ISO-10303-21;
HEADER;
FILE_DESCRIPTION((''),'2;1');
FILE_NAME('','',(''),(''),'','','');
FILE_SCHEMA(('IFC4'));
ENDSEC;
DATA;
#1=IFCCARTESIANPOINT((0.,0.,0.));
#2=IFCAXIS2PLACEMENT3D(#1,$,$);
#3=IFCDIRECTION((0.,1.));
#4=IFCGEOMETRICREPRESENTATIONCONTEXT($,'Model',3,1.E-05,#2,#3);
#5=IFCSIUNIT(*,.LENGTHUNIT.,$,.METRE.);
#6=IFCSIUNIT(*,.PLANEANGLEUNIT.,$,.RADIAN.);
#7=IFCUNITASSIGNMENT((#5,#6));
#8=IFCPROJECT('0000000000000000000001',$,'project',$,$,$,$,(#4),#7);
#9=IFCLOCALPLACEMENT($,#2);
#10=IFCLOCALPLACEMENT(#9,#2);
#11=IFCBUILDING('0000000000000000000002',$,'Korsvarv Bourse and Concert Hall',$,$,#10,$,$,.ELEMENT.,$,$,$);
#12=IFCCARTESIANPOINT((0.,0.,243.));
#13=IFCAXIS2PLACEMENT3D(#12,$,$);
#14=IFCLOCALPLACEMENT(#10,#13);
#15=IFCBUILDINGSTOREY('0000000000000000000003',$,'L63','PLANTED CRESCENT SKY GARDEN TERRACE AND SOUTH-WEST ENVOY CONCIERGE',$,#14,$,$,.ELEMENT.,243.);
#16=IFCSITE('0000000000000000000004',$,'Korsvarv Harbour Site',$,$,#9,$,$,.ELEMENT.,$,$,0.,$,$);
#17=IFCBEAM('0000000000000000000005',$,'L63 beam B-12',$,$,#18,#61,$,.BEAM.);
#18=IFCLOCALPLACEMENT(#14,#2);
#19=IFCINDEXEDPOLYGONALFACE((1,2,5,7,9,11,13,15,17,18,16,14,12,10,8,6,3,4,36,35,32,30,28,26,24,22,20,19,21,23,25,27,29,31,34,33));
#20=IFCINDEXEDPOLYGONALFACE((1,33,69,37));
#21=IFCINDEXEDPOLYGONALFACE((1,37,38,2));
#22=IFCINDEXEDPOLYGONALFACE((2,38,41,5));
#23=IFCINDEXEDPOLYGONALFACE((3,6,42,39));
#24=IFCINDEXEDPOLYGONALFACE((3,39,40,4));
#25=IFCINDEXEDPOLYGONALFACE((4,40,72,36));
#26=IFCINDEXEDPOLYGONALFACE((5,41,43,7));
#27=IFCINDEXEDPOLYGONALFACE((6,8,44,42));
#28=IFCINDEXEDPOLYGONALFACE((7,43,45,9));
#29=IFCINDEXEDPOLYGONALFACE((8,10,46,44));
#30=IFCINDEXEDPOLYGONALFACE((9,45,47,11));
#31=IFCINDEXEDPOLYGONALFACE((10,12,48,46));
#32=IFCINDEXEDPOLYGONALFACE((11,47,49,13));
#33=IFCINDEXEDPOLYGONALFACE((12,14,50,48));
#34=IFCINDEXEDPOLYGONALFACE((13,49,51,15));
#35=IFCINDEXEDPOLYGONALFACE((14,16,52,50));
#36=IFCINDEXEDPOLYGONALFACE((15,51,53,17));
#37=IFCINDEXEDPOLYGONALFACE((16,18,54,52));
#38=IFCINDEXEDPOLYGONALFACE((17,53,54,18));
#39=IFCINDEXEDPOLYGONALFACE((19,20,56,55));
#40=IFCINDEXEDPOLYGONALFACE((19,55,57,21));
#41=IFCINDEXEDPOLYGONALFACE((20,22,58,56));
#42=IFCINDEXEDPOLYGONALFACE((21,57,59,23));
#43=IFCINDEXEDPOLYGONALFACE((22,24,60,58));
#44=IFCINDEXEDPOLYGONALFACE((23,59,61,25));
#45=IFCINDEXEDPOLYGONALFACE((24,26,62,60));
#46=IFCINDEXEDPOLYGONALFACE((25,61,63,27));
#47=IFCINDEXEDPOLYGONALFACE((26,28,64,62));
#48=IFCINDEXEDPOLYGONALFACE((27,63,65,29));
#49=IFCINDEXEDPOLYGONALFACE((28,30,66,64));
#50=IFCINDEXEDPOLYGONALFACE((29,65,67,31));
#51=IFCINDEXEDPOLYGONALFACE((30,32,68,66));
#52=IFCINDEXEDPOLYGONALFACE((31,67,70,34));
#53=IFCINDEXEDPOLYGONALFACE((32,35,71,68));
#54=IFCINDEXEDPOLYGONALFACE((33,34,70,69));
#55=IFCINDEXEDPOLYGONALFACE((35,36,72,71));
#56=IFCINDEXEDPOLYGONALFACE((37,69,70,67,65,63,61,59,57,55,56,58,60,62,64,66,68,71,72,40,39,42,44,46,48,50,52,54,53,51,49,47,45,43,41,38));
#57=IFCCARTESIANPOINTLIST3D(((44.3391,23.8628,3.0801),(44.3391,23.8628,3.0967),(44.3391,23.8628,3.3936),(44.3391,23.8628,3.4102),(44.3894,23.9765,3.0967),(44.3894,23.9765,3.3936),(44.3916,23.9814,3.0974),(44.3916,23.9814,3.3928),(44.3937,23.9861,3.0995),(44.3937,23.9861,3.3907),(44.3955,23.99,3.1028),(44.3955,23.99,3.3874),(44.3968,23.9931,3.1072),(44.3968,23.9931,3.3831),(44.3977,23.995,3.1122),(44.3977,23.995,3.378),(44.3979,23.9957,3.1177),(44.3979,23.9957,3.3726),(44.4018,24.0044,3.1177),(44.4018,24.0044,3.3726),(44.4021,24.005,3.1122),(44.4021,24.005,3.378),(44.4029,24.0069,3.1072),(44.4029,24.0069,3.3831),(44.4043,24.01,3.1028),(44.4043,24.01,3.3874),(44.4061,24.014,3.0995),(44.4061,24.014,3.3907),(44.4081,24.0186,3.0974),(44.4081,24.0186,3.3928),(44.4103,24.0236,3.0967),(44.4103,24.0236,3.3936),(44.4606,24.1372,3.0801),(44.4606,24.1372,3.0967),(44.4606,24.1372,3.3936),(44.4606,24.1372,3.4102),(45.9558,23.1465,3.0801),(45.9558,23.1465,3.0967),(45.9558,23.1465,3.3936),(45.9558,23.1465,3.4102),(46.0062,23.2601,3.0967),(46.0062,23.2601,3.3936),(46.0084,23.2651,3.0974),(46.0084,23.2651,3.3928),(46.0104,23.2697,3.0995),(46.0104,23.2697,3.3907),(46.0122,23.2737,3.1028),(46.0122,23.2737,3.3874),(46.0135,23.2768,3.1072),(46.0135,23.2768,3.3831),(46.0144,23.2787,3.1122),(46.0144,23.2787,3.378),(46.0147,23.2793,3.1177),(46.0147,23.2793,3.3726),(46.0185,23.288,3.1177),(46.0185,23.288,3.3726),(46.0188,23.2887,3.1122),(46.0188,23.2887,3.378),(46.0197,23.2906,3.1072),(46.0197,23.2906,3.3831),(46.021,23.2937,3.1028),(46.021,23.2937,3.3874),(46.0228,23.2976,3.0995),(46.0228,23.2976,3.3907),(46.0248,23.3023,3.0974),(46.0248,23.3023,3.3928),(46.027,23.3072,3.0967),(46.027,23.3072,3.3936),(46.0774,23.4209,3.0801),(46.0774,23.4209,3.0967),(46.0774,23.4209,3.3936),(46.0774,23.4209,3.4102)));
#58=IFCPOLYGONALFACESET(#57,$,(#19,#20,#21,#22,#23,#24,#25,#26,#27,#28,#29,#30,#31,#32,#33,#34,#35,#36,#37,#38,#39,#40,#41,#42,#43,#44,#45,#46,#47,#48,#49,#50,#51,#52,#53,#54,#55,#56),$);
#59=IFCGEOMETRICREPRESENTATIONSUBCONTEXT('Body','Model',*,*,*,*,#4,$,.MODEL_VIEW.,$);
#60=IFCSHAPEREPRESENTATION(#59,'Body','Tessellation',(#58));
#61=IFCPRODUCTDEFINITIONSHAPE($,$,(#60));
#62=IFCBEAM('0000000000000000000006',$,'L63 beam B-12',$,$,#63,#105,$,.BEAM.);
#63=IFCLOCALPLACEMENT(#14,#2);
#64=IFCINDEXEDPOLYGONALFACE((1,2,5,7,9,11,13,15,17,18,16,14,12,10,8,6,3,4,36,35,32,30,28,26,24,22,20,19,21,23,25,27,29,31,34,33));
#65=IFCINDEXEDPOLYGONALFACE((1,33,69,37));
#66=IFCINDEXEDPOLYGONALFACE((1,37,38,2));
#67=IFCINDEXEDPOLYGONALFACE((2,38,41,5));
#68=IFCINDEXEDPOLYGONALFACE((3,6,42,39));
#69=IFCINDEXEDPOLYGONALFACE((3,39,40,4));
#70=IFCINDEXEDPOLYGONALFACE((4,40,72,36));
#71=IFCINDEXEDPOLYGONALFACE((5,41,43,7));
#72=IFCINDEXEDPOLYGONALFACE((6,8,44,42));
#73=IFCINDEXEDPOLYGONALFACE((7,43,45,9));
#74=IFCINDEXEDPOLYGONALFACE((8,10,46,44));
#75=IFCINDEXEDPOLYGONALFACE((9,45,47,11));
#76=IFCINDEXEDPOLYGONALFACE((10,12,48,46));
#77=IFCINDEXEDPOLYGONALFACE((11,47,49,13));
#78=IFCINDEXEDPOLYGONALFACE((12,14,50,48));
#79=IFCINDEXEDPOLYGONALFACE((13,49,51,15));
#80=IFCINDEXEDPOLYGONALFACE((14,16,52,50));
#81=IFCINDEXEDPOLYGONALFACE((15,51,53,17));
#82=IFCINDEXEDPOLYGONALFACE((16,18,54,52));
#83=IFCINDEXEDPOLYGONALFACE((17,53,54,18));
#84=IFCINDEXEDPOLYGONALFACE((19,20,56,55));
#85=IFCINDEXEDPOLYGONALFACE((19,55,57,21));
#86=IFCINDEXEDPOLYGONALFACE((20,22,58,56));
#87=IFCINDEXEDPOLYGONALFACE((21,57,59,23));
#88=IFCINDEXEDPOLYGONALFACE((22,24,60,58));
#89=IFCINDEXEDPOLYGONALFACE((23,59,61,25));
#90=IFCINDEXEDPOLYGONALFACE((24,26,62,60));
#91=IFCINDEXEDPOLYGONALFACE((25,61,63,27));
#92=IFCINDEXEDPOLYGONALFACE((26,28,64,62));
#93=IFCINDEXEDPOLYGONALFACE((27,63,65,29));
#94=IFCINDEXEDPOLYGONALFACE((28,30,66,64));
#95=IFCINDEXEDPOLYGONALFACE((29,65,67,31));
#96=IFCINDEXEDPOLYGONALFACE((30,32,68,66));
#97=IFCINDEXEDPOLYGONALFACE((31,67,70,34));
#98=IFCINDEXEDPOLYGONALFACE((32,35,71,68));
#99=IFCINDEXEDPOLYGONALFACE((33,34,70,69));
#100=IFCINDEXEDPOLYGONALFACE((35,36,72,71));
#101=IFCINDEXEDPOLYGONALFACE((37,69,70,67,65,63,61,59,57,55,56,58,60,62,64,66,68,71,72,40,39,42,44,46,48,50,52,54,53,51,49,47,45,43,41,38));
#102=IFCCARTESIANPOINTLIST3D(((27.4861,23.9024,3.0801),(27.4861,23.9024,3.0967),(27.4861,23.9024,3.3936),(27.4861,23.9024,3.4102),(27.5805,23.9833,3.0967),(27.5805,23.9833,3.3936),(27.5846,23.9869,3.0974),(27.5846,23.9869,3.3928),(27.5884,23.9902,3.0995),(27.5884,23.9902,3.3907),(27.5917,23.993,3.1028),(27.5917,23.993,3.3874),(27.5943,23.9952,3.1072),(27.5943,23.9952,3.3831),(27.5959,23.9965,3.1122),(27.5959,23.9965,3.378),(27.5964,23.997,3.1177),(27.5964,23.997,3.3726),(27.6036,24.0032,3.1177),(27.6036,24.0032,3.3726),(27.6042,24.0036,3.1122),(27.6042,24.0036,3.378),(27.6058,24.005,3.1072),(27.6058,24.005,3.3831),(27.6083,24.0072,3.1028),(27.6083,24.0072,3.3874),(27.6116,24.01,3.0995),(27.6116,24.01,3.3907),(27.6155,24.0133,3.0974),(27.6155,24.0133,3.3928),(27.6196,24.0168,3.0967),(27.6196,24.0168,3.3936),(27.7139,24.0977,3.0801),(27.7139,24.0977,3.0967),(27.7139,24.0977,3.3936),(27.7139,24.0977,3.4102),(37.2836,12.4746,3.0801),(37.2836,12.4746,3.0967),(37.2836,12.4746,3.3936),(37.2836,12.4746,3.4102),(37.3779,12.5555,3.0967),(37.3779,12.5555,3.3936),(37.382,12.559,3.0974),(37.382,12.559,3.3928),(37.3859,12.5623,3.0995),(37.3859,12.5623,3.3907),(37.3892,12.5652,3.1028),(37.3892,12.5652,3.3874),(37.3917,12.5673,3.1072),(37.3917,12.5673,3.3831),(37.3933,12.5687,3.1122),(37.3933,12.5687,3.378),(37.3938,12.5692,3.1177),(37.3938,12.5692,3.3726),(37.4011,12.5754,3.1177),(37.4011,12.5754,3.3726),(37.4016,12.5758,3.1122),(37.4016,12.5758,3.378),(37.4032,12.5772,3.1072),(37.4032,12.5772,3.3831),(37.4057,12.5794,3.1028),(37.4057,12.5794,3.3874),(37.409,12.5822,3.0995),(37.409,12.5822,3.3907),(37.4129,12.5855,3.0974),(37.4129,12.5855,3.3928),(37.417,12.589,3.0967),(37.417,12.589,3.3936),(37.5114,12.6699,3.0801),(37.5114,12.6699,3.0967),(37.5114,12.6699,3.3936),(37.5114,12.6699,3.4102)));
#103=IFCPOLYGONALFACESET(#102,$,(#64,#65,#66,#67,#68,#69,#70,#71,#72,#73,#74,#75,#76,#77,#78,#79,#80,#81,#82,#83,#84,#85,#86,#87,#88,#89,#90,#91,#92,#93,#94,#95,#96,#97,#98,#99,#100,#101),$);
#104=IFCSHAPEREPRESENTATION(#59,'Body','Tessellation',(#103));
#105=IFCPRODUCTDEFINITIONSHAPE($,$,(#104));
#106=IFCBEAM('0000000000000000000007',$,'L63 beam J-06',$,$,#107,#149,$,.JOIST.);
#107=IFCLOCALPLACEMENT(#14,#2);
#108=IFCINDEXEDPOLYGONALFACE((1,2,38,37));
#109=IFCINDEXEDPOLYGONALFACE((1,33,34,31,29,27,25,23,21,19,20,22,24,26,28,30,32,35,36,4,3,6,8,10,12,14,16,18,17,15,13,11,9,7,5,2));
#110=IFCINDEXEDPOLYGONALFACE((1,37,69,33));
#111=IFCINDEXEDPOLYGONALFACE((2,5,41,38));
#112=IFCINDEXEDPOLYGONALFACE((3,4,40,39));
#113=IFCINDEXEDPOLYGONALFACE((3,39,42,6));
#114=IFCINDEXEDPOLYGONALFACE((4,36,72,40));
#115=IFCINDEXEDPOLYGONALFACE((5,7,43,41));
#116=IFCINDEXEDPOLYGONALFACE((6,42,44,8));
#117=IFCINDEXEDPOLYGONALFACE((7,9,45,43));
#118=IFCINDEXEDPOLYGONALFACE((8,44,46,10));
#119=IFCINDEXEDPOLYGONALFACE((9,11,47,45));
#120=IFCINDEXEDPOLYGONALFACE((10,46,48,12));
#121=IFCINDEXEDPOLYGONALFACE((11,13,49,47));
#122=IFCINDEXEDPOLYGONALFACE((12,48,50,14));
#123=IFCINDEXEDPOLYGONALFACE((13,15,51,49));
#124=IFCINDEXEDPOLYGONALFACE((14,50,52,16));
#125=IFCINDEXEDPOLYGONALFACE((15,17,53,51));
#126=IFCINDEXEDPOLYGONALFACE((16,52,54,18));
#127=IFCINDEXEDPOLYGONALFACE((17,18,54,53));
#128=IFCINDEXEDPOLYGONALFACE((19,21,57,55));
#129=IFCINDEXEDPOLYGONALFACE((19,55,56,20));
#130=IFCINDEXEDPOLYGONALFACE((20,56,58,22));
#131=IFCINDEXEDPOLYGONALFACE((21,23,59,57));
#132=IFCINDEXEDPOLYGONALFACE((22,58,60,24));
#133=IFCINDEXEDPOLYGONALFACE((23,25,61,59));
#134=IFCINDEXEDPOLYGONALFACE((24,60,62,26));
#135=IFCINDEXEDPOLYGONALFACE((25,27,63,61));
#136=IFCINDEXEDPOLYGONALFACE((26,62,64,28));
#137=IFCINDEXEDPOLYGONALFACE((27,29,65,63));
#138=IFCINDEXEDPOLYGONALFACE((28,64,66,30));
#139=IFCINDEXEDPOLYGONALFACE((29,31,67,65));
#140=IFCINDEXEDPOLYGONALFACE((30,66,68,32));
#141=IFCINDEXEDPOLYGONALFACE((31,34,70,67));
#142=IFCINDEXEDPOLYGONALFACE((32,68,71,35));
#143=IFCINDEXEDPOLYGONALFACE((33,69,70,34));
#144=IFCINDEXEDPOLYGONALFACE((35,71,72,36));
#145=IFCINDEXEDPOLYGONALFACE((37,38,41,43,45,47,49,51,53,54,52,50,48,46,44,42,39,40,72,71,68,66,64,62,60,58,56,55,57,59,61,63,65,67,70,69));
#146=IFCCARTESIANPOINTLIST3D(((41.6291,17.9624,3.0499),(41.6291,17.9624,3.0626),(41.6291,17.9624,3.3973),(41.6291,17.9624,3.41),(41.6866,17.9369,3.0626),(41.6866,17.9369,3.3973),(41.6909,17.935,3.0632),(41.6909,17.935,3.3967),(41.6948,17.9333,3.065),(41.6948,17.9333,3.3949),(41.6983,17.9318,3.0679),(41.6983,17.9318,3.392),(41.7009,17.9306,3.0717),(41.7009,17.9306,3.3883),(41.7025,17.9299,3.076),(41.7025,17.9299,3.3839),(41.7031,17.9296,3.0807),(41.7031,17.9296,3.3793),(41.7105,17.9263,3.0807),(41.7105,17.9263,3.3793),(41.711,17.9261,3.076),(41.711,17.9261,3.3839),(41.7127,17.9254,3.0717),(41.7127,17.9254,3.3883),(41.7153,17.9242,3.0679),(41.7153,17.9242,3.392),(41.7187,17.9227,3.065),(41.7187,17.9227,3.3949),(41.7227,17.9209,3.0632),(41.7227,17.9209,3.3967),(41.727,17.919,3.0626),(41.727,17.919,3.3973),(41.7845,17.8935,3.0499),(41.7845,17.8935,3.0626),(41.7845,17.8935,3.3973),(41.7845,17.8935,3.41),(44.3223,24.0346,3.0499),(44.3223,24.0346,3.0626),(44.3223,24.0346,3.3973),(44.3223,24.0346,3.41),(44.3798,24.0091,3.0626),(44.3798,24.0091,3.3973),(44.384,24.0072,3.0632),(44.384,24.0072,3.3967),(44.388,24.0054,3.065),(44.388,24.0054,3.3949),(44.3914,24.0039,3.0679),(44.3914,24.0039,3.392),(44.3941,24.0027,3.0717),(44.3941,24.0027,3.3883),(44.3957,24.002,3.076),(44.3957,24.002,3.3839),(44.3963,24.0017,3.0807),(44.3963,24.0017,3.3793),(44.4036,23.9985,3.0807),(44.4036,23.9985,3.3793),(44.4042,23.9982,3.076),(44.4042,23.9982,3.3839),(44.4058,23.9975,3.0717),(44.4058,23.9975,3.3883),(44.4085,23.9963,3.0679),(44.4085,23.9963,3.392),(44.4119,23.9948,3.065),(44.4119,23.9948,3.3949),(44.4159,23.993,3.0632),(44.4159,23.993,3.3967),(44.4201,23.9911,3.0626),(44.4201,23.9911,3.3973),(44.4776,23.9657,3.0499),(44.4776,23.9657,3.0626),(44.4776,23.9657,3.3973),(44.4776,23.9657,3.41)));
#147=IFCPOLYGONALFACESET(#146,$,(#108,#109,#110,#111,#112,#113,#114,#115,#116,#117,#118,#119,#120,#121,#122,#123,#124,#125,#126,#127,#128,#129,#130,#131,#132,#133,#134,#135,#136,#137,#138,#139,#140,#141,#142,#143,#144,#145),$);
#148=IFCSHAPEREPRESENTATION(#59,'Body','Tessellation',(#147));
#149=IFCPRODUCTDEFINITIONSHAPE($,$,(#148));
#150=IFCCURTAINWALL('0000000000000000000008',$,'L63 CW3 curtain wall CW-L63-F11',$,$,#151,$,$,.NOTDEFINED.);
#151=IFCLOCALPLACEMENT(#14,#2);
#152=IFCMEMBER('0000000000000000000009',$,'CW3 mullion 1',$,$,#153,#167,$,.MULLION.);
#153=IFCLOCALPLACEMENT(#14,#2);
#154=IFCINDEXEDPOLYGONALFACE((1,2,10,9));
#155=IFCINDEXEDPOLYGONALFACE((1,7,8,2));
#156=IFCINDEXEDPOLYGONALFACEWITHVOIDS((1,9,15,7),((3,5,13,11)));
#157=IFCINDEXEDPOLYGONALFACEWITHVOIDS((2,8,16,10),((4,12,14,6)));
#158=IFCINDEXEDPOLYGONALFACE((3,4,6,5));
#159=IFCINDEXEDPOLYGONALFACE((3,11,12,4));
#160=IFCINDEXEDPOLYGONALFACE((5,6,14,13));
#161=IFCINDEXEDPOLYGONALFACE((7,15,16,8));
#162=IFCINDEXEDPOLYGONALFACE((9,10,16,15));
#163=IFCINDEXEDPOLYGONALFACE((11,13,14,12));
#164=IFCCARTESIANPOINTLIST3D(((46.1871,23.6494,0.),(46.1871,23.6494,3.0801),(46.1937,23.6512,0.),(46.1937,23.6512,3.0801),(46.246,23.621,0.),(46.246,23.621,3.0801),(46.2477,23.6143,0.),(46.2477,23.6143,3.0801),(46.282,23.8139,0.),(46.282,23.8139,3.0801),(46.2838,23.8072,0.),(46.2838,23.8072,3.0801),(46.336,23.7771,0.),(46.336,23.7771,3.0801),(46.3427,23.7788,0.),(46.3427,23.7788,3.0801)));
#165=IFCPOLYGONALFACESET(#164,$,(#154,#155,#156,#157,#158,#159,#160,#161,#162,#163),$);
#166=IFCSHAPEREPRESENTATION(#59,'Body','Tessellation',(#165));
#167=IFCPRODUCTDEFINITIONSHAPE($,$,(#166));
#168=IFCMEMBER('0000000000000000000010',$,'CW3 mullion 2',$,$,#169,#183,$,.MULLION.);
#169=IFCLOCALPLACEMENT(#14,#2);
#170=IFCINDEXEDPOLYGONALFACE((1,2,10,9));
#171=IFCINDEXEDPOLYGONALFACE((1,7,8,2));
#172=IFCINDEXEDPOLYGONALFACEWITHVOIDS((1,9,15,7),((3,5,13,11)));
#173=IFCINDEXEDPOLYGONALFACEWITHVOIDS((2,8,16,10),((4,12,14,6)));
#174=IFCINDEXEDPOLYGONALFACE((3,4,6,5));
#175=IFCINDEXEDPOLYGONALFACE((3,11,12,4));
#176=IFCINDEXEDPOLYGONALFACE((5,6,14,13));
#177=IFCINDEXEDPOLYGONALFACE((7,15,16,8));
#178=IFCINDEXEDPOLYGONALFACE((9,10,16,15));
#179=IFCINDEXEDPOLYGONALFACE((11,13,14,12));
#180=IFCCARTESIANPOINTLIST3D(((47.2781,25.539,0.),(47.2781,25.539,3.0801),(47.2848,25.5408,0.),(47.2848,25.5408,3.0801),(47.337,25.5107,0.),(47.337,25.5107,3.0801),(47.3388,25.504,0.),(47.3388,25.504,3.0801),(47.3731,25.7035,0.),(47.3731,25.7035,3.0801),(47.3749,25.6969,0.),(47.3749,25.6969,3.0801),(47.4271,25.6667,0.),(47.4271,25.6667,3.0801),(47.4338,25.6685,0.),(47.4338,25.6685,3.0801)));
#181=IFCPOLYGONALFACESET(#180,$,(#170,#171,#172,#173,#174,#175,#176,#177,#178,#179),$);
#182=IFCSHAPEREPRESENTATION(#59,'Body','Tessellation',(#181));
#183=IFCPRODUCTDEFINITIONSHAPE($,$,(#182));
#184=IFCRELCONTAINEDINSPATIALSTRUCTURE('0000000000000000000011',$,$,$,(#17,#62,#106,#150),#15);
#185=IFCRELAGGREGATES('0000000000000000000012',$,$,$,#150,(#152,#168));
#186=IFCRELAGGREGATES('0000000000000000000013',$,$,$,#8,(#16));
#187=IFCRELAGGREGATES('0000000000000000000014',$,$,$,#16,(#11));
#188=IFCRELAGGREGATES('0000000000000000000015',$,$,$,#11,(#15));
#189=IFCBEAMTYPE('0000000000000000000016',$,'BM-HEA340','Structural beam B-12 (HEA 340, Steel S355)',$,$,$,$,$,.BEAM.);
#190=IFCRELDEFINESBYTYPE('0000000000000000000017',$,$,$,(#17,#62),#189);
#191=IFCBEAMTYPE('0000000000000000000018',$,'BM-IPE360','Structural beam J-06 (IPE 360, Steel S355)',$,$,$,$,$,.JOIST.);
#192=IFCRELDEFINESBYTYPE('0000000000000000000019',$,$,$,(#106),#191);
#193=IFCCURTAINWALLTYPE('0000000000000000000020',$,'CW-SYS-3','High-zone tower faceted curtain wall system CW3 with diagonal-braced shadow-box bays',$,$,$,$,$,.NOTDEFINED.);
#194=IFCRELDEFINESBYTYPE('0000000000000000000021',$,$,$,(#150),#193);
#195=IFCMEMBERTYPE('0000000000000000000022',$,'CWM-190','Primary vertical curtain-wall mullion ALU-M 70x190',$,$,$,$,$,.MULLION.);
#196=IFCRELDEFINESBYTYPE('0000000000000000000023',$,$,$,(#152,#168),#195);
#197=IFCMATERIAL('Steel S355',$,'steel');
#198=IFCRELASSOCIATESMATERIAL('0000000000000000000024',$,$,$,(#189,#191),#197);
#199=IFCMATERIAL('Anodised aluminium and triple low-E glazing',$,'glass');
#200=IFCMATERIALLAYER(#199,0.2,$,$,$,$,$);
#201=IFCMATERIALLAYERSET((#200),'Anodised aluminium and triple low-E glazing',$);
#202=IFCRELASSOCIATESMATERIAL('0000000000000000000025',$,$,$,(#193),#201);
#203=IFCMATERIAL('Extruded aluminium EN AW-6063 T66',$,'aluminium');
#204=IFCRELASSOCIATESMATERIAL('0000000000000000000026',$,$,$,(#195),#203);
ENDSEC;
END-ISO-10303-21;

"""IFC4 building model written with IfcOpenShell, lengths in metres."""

from ifc_helpers import new_model, si_unit, direction, frame, origin, origin_2d, place, context, subcontext, project, spatial, hollow_rectangle, i_section, extrude, source, transform, mapped, material, layer, layer_set, material_profile, profile_set, type_object, element, aggregate, save


model = new_model("IFC4")

# Units and contexts
model_context = context("Model", 3, precision=1e-05, world=origin(), true_north=direction((0.0, 1.0)))
body_context = subcontext(model_context, "Body", "Model", "MODEL_VIEW")
ifc_project = project(units=[si_unit("LENGTHUNIT", "METRE"), si_unit("PLANEANGLEUNIT", "RADIAN")], contexts=[model_context])

# Site, building, storey
site_placement = place(None, origin())
site = spatial("IfcSite", under=ifc_project, at=site_placement, Name="Korsvarv Harbour Site", CompositionType="ELEMENT", RefElevation=0.0)
building_placement = place(site_placement, origin())
building = spatial("IfcBuilding", under=site, at=building_placement, Name="Korsvarv Bourse and Concert Hall", CompositionType="ELEMENT")
storey_placement = place(building_placement, frame((0.0, 0.0, 243.0)))
storey = spatial("IfcBuildingStorey", under=building, at=storey_placement, Name="L63", Description="PLANTED CRESCENT SKY GARDEN TERRACE AND SOUTH-WEST ENVOY CONCIERGE", CompositionType="ELEMENT", Elevation=243.0)

# Shared definitions
ifc_material_1 = material(Name="Steel S355", Category="steel")

# Beams
ifc_material_profile_1 = material_profile(ifc_material_1, i_section(OverallWidth=0.3, OverallDepth=0.3301, WebThickness=0.0095, FlangeThickness=0.0166, FilletRadius=0.021, at=origin_2d()), Name="HEA 340")
ifc_profile_set_1 = profile_set([ifc_material_profile_1], Name="Steel S355")
beam_type_1 = type_object("IfcBeamType", Name="BM-HEA340", Description="Structural beam B-12 (HEA 340, Steel S355)", PredefinedType="BEAM", material=ifc_profile_set_1)
shared_shape_1 = source(origin(), body_context, "Body", "SweptSolid", [
    extrude(i_section(OverallWidth=0.3, OverallDepth=0.3301, WebThickness=0.0095, FlangeThickness=0.0166, FilletRadius=0.021, at=origin_2d()), origin(), (0.0, 0.0, 1.0), 1.7683),
])
beam_1_placement = place(storey_placement, frame((46.0166, 23.2837, 3.2451), z_axis=(-0.914278, 0.405088, 0.0), x_axis=(-0.405088, -0.914278, 0.0)))
element("IfcBeam", 1, at=beam_1_placement, inside=storey, type_object=beam_type_1, Name="L63 beam B-12", PredefinedType="BEAM", context=body_context, shape_type="MappedRepresentation", body=[
    mapped(shared_shape_1, transform((0.0, 0.0, 0.0), scale=1.0)),
])
shared_shape_2 = source(origin(), body_context, "Body", "SweptSolid", [
    extrude(i_section(OverallWidth=0.3, OverallDepth=0.3301, WebThickness=0.0095, FlangeThickness=0.0166, FilletRadius=0.021, at=origin_2d()), origin(), (0.0, 0.0, 1.0), 15.0527),
])
beam_2_placement = place(storey_placement, frame((37.3975, 12.5723, 3.2451), z_axis=(-0.650874, 0.759186, 0.0), x_axis=(-0.759186, -0.650874, 0.0)))
element("IfcBeam", 2, at=beam_2_placement, inside=storey, type_object=beam_type_1, Name="L63 beam B-12", PredefinedType="BEAM", context=body_context, shape_type="MappedRepresentation", body=[
    mapped(shared_shape_2, transform((0.0, 0.0, 0.0), scale=1.0)),
])
ifc_material_profile_2 = material_profile(ifc_material_1, i_section(OverallWidth=0.1699, OverallDepth=0.3601, WebThickness=0.0081, FlangeThickness=0.0127, FilletRadius=0.0181, at=origin_2d()), Name="IPE 360")
ifc_profile_set_2 = profile_set([ifc_material_profile_2], Name="Steel S355")
beam_type_2 = type_object("IfcBeamType", Name="BM-IPE360", Description="Structural beam J-06 (IPE 360, Steel S355)", PredefinedType="JOIST", material=ifc_profile_set_2)
shared_shape_3 = source(origin(), body_context, "Body", "SweptSolid", [
    extrude(i_section(OverallWidth=0.1699, OverallDepth=0.3601, WebThickness=0.0081, FlangeThickness=0.0127, FilletRadius=0.0181, at=origin_2d()), origin(), (0.0, 0.0, 1.0), 6.6426),
])
beam_3_placement = place(storey_placement, frame((41.7068, 17.928, 3.23), z_axis=(0.405439, 0.914122, 0.0), x_axis=(-0.914122, 0.405439, 0.0)))
element("IfcBeam", 3, at=beam_3_placement, inside=storey, type_object=beam_type_2, Name="L63 beam J-06", PredefinedType="JOIST", context=body_context, shape_type="MappedRepresentation", body=[
    mapped(shared_shape_3, transform((0.0, 0.0, 0.0), scale=1.0)),
])

# Curtain wall, members
ifc_material_2 = material(Name="Anodised aluminium and triple low-E glazing", Category="glass")
ifc_layer_1 = layer(ifc_material_2, 0.2)
ifc_layer_set_1 = layer_set([ifc_layer_1], Name="Anodised aluminium and triple low-E glazing")
curtain_wall_type = type_object("IfcCurtainWallType", Name="CW-SYS-3", Description="High-zone tower faceted curtain wall system CW3 with diagonal-braced shadow-box bays", PredefinedType="NOTDEFINED", material=ifc_layer_set_1)
curtain_wall_placement = place(storey_placement, origin())
curtain_wall = element("IfcCurtainWall", 4, at=curtain_wall_placement, inside=storey, type_object=curtain_wall_type, Name="L63 CW3 curtain wall CW-L63-F11", PredefinedType="NOTDEFINED")
ifc_material_3 = material(Name="Extruded aluminium EN AW-6063 T66", Category="aluminium")
ifc_material_profile_3 = material_profile(ifc_material_3, hollow_rectangle(XDim=0.0701, YDim=0.1899, WallThickness=0.0049, at=origin_2d()), Name="ALU-M 70x190")
ifc_profile_set_3 = profile_set([ifc_material_profile_3], Name="Extruded aluminium EN AW-6063 T66")
member_type_1 = type_object("IfcMemberType", Name="CWM-190", Description="Primary vertical curtain-wall mullion ALU-M 70x190", PredefinedType="MULLION", material=ifc_profile_set_3)
shared_shape_4 = source(origin(), body_context, "Body", "SweptSolid", [
    extrude(hollow_rectangle(XDim=0.0701, YDim=0.1899, WallThickness=0.0049, at=origin_2d()), origin(), (0.0, 0.0, 1.0), 3.0801),
])
member_1_placement = place(storey_placement, frame((46.2649, 23.7141, 0.0), z_axis=(0.0, 0.0, 1.0), x_axis=(-0.866022, 0.500006, 0.0)))
member_1 = element("IfcMember", 5, at=member_1_placement, type_object=member_type_1, Name="CW3 mullion 1", PredefinedType="MULLION", context=body_context, shape_type="MappedRepresentation", body=[
    mapped(shared_shape_4, transform((0.0, 0.0, 0.0), scale=1.0)),
])
member_2_placement = place(storey_placement, frame((47.356, 25.6038, 0.0), z_axis=(0.0, 0.0, 1.0), x_axis=(-0.866022, 0.500006, 0.0)))
member_2 = element("IfcMember", 6, at=member_2_placement, type_object=member_type_1, Name="CW3 mullion 2", PredefinedType="MULLION", context=body_context, shape_type="MappedRepresentation", body=[
    mapped(shared_shape_4, transform((0.0, 0.0, 0.0), scale=1.0)),
])
aggregate(curtain_wall, [member_1, member_2])

save(model, "model.ifc")
